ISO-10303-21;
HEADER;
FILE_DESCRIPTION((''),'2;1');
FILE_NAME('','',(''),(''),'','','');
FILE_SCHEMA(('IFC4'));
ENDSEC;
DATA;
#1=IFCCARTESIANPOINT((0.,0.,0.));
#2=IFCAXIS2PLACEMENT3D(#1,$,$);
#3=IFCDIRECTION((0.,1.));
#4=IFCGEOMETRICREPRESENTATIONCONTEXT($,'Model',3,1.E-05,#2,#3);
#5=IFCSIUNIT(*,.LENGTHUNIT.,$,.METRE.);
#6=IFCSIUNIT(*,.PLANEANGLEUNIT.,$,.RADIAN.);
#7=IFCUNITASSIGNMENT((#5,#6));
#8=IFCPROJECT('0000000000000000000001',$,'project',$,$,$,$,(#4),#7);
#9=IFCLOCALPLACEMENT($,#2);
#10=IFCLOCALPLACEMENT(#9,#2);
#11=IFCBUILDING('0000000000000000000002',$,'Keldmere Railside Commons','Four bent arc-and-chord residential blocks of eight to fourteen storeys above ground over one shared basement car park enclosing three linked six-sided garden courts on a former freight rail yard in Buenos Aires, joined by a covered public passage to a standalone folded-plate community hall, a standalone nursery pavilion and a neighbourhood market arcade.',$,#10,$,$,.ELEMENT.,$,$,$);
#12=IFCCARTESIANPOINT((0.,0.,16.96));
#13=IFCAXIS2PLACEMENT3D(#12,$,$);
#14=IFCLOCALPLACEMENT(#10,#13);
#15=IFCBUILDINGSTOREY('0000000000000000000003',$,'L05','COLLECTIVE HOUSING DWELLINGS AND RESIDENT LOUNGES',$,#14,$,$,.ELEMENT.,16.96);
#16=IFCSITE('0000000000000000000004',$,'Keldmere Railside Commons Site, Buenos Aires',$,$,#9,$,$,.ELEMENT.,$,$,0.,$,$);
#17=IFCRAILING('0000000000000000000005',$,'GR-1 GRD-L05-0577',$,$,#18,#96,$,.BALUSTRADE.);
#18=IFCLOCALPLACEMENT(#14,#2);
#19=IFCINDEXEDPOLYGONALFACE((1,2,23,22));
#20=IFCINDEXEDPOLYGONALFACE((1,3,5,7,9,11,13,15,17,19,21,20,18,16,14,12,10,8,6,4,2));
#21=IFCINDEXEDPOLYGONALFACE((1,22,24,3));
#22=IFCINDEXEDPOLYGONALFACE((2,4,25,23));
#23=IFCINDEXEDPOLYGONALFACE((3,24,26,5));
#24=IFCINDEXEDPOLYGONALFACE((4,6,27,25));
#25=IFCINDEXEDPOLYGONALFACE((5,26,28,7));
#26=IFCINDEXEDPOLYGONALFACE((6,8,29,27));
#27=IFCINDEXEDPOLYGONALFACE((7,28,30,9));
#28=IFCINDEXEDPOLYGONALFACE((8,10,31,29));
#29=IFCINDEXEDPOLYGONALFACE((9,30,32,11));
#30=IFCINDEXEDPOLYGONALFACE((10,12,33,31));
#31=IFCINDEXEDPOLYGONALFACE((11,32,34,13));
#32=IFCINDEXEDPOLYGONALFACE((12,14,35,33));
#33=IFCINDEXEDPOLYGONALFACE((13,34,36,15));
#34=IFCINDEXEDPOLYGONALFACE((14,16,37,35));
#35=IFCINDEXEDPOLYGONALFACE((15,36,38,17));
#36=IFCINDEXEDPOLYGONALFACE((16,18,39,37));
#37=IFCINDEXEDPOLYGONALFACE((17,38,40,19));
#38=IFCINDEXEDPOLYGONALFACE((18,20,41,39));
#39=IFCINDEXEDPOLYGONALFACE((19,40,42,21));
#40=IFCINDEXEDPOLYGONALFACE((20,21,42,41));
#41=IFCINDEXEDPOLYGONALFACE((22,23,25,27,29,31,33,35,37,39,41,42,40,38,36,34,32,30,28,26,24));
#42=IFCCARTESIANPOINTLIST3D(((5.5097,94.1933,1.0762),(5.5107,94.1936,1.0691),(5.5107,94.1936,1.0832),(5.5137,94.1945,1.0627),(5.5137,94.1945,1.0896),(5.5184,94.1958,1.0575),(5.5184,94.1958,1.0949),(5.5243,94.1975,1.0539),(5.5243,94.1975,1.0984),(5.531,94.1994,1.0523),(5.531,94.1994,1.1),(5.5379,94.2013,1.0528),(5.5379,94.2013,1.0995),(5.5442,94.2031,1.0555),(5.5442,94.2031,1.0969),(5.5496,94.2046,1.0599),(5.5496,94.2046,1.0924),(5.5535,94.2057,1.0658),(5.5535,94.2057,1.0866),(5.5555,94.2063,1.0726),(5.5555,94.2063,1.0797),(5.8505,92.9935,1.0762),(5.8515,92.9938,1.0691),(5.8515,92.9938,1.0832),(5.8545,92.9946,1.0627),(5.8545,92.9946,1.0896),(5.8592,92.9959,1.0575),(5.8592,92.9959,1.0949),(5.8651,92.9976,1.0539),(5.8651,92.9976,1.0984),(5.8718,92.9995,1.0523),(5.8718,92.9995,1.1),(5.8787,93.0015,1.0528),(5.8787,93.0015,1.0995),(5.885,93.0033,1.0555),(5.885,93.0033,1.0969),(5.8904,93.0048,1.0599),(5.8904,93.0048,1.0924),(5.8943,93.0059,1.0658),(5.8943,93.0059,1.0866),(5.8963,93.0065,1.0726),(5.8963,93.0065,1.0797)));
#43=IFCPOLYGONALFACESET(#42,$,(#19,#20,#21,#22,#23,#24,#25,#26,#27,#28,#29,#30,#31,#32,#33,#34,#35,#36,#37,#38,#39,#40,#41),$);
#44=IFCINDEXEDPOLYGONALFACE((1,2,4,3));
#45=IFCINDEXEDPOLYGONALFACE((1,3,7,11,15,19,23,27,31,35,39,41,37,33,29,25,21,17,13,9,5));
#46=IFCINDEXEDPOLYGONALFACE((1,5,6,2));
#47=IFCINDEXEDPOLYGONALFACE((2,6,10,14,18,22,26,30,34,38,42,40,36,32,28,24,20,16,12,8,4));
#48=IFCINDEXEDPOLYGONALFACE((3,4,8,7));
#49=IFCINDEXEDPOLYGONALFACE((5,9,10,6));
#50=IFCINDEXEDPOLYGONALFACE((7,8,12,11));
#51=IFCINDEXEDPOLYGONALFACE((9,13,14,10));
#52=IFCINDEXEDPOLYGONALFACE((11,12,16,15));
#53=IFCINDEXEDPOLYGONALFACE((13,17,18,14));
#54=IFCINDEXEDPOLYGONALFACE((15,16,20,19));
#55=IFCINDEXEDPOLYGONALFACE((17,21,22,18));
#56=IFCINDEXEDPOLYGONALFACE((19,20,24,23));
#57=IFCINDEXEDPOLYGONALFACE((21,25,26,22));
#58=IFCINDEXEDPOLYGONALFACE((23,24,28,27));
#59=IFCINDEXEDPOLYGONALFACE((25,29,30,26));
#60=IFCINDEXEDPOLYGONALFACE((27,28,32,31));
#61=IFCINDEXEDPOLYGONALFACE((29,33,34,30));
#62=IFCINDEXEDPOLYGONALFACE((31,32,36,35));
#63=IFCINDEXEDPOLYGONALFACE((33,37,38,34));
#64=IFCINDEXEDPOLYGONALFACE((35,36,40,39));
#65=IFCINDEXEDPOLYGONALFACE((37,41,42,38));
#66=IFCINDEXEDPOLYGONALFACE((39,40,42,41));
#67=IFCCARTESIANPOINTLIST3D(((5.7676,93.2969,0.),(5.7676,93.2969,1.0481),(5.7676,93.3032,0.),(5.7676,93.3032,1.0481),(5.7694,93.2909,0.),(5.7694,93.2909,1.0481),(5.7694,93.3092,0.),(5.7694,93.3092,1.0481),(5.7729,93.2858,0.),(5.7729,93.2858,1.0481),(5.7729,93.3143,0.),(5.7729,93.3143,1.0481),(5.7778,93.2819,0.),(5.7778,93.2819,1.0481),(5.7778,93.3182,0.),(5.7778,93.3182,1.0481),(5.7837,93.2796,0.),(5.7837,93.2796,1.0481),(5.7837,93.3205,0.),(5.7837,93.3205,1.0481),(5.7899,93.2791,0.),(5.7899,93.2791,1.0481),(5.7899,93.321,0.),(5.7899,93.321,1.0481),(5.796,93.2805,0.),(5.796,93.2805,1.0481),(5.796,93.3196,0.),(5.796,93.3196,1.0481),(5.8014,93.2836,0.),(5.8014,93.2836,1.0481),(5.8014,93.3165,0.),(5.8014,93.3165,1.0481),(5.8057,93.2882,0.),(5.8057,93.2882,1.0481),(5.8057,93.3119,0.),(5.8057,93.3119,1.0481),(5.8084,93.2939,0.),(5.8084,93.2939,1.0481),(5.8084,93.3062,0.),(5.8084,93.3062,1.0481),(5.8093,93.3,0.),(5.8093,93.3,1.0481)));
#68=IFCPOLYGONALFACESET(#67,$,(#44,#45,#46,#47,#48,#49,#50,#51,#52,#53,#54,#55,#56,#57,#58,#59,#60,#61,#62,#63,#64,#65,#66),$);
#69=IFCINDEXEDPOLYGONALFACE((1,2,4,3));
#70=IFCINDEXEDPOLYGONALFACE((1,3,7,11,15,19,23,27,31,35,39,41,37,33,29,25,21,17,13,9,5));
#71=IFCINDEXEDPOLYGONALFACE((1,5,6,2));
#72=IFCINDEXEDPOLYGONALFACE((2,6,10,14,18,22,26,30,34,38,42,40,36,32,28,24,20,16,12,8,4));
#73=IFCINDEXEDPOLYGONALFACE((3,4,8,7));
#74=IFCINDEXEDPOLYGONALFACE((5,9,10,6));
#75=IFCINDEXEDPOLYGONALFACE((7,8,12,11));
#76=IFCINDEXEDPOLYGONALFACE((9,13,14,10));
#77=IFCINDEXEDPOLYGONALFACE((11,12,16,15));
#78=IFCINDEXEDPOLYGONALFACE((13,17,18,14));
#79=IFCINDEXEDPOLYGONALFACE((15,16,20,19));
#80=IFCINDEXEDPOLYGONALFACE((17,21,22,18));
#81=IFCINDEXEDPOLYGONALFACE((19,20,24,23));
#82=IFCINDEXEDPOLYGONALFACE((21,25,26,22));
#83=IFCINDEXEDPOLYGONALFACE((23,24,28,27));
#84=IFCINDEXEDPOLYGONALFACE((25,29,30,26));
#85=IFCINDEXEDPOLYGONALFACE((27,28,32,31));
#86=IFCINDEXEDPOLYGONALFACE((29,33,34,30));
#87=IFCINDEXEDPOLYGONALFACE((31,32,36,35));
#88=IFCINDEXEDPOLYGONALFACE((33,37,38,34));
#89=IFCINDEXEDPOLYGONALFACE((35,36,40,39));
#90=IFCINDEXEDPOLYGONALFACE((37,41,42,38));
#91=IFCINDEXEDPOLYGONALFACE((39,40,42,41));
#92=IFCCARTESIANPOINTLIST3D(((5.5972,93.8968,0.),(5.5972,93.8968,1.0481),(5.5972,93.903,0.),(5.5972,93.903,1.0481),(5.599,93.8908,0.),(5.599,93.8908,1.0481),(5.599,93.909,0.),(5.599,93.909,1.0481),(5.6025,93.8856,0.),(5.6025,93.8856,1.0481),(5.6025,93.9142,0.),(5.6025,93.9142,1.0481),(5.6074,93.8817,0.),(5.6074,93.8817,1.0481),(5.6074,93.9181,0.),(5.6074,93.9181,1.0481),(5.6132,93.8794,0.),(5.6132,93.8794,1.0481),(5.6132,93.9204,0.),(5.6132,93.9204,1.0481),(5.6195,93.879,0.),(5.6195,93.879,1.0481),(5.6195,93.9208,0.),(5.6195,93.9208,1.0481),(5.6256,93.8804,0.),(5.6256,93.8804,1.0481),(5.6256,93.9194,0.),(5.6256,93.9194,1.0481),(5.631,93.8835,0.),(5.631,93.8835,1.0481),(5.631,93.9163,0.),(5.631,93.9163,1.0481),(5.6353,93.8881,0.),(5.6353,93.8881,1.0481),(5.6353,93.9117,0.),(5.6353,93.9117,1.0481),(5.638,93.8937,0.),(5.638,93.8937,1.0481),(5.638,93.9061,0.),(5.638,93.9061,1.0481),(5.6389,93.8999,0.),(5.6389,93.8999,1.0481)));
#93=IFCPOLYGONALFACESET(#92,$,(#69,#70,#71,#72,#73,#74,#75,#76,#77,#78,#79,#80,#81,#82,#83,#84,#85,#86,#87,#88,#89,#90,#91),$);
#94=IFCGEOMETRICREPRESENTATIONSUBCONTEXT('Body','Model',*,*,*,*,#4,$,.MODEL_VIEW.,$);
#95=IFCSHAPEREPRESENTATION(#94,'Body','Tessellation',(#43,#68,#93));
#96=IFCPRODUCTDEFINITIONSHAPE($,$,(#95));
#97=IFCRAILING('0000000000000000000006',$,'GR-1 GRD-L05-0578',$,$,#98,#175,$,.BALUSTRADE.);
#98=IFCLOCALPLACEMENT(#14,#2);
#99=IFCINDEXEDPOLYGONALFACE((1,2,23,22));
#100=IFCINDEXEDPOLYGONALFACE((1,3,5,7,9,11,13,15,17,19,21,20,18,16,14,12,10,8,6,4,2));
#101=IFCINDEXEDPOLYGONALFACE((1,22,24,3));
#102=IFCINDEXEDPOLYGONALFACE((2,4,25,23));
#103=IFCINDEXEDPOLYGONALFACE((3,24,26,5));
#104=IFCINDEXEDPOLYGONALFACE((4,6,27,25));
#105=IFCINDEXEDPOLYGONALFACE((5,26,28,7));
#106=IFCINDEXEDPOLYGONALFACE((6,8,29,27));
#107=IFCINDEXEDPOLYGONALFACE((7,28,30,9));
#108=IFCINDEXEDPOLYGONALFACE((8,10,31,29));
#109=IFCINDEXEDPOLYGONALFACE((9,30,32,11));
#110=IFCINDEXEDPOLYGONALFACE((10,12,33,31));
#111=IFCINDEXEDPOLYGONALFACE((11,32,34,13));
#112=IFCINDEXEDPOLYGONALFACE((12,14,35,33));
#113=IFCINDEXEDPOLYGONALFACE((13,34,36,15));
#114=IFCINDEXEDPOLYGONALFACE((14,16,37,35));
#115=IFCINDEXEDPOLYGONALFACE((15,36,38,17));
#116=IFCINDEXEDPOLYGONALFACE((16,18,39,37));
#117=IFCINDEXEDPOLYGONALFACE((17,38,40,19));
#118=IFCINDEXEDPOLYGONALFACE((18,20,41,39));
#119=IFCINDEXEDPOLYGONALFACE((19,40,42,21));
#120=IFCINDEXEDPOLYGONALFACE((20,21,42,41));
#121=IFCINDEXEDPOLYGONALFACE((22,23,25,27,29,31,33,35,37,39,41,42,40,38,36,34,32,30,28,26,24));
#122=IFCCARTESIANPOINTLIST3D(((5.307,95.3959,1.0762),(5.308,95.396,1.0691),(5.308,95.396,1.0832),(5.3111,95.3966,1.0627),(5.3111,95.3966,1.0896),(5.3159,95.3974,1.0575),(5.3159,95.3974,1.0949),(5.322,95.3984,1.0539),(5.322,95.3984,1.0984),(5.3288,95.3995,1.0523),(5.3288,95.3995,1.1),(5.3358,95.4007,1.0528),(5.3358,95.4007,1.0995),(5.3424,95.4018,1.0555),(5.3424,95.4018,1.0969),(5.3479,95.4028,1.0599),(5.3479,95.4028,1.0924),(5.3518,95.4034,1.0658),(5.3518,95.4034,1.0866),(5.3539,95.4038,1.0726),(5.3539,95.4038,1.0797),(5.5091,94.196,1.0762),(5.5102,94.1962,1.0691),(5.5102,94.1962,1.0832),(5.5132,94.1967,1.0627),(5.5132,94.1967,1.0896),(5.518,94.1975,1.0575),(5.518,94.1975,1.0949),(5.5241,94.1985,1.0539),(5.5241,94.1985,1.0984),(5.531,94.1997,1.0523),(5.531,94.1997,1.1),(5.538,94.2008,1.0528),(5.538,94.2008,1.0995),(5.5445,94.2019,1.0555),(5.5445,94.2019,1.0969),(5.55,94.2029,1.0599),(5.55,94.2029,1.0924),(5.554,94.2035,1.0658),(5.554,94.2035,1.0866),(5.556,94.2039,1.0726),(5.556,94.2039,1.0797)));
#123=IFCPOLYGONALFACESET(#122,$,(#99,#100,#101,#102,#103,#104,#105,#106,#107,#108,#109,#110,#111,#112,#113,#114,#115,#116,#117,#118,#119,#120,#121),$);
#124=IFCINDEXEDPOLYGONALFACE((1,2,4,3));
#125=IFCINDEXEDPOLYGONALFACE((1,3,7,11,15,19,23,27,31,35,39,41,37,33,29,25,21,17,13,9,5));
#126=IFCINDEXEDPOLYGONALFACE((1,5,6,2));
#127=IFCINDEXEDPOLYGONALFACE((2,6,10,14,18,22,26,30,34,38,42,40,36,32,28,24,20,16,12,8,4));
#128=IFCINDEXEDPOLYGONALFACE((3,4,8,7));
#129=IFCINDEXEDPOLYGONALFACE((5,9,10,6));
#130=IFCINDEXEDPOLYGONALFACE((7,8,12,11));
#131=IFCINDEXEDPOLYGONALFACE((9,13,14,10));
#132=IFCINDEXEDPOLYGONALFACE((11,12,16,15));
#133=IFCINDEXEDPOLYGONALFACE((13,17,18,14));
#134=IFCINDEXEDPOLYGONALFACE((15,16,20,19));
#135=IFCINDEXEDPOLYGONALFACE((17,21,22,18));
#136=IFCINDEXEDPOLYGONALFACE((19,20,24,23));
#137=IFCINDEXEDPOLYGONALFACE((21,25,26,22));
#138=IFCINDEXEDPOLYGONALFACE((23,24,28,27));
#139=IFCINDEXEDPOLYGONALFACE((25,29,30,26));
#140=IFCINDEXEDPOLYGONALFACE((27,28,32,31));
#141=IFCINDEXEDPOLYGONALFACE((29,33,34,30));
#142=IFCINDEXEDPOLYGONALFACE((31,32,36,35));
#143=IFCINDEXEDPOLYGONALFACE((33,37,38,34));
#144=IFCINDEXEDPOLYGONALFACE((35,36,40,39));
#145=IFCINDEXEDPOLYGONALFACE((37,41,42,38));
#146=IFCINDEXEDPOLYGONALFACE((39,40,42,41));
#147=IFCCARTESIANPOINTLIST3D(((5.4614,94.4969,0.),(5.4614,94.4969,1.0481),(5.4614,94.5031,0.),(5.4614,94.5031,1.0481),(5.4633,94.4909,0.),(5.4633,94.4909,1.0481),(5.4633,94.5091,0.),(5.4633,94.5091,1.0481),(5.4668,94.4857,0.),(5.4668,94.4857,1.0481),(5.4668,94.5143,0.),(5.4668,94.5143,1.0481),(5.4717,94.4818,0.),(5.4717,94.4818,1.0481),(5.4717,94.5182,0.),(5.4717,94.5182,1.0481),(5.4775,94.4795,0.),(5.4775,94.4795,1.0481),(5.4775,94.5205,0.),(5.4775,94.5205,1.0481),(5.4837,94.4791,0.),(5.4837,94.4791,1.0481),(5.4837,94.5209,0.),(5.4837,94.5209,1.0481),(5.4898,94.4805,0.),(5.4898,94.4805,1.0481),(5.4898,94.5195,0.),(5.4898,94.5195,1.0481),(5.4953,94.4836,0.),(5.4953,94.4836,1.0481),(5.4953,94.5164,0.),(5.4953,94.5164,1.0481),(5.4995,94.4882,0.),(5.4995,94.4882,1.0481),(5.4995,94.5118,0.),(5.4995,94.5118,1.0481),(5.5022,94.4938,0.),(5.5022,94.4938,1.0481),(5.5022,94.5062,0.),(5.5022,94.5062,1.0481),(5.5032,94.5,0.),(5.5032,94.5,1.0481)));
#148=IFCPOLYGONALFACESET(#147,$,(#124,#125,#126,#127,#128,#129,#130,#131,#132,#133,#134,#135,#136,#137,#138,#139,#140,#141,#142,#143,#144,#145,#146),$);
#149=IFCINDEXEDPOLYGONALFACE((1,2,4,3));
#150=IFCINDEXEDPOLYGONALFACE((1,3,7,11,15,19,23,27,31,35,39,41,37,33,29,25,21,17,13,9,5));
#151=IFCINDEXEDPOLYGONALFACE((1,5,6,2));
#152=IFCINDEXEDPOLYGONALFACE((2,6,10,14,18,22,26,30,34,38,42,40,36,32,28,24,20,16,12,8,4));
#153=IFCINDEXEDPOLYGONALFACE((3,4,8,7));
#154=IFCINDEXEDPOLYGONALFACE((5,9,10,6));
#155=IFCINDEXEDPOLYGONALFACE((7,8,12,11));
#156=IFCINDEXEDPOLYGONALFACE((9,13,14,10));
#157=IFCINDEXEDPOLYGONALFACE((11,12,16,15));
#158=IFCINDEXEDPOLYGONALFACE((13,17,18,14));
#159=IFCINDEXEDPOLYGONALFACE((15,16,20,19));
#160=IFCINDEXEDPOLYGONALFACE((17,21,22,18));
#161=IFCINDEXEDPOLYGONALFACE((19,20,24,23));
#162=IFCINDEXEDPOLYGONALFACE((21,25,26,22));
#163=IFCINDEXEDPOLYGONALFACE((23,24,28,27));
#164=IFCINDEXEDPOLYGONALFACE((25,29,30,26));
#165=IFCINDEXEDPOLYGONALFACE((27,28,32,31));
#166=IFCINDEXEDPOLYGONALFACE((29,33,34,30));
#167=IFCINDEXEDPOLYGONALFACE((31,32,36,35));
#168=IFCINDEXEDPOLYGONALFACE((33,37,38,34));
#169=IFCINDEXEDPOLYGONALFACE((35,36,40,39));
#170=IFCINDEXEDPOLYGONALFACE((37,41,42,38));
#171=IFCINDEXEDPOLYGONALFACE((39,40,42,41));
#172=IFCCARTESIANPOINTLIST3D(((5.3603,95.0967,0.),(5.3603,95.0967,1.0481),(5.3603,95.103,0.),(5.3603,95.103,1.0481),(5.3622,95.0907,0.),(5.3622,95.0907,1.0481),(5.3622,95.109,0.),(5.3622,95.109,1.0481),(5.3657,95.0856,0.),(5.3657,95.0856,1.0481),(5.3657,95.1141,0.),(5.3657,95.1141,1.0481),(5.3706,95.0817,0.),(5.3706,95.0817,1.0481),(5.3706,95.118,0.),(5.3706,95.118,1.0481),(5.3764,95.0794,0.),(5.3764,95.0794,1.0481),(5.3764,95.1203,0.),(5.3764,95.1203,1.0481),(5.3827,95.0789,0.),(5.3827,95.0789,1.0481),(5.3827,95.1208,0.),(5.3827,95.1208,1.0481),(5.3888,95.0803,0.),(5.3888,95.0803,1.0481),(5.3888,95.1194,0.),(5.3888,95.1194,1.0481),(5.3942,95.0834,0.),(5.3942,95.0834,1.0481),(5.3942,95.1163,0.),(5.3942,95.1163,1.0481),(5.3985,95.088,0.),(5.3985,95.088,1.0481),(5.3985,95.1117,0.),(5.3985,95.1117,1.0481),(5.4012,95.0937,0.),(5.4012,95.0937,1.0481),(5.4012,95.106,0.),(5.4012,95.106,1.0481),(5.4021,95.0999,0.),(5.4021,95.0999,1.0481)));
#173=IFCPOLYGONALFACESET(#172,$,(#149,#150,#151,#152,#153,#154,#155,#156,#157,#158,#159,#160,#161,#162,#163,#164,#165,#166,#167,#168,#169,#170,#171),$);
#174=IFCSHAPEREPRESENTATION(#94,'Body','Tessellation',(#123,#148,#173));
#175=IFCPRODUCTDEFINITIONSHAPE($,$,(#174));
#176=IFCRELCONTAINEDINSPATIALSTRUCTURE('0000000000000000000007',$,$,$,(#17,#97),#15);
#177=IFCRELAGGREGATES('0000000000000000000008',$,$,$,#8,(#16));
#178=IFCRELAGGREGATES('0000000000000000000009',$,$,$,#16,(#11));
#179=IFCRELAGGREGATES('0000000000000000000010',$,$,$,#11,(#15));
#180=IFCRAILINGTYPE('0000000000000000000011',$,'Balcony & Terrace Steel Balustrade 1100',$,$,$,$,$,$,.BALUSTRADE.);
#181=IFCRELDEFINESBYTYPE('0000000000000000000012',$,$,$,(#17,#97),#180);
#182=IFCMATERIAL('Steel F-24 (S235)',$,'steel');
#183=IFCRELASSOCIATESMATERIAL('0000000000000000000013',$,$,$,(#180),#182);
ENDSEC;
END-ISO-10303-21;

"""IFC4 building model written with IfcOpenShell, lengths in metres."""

from ifc_helpers import new_model, si_unit, direction, frame, origin, origin_2d, place, context, subcontext, project, spatial, circle, extrude, material, type_object, element, save


model = new_model("IFC4")

# Units and contexts
model_context = context("Model", 3, precision=1e-05, world=origin(), true_north=direction((0.0, 1.0)))
body_context = subcontext(model_context, "Body", "Model", "MODEL_VIEW")
ifc_project = project(units=[si_unit("LENGTHUNIT", "METRE"), si_unit("PLANEANGLEUNIT", "RADIAN")], contexts=[model_context])

# Site, building, storey
site_placement = place(None, origin())
site = spatial("IfcSite", under=ifc_project, at=site_placement, Name="Keldmere Railside Commons Site, Buenos Aires", CompositionType="ELEMENT", RefElevation=0.0)
building_placement = place(site_placement, origin())
building = spatial("IfcBuilding", under=site, at=building_placement, Name="Keldmere Railside Commons", Description="Four bent arc-and-chord residential blocks of eight to fourteen storeys above ground over one shared basement car park enclosing three linked six-sided garden courts on a former freight rail yard in Buenos Aires, joined by a covered public passage to a standalone folded-plate community hall, a standalone nursery pavilion and a neighbourhood market arcade.", CompositionType="ELEMENT")
storey_placement = place(building_placement, frame((0.0, 0.0, 16.96)))
storey = spatial("IfcBuildingStorey", under=building, at=storey_placement, Name="L05", Description="COLLECTIVE HOUSING DWELLINGS AND RESIDENT LOUNGES", CompositionType="ELEMENT", Elevation=16.96)

# Railings
ifc_material_1 = material(Name="Steel F-24 (S235)", Category="steel")
railing_type = type_object("IfcRailingType", Name="Balcony & Terrace Steel Balustrade 1100", PredefinedType="BALUSTRADE", material=ifc_material_1)
railing_1_placement = place(storey_placement, frame((5.8735, 93.0, 0.0)))
element("IfcRailing", 1, at=railing_1_placement, inside=storey, type_object=railing_type, Name="GR-1 GRD-L05-0577", PredefinedType="BALUSTRADE", context=body_context, shape_type="SweptSolid", body=[
    extrude(circle(Radius=0.0239, at=origin_2d()), frame((0.0, 0.0, 1.0762), z_axis=(-0.273222, 0.961951, 0.0), x_axis=(-0.961951, -0.273222, 0.0)), (0.0, 0.0, 1.0), 1.2473),
    extrude(circle(Radius=0.021, at=origin_2d()), frame((-0.0852, 0.3, 0.0)), (0.0, 0.0, 1.0), 1.0481),
    extrude(circle(Radius=0.021, at=origin_2d()), frame((-0.2556, 0.8999, 0.0)), (0.0, 0.0, 1.0), 1.0481),
])
railing_2_placement = place(storey_placement, frame((5.5327, 94.2, 0.0)))
element("IfcRailing", 2, at=railing_2_placement, inside=storey, type_object=railing_type, Name="GR-1 GRD-L05-0578", PredefinedType="BALUSTRADE", context=body_context, shape_type="SweptSolid", body=[
    extrude(circle(Radius=0.0239, at=origin_2d()), frame((0.0, 0.0, 1.0762), z_axis=(-0.166123, 0.986105, 0.0), x_axis=(-0.986105, -0.166123, 0.0)), (0.0, 0.0, 1.0), 1.2168),
    extrude(circle(Radius=0.021, at=origin_2d()), frame((-0.0505, 0.3, 0.0)), (0.0, 0.0, 1.0), 1.0481),
    extrude(circle(Radius=0.021, at=origin_2d()), frame((-0.1516, 0.8999, 0.0)), (0.0, 0.0, 1.0), 1.0481),
])

save(model, "model.ifc")
